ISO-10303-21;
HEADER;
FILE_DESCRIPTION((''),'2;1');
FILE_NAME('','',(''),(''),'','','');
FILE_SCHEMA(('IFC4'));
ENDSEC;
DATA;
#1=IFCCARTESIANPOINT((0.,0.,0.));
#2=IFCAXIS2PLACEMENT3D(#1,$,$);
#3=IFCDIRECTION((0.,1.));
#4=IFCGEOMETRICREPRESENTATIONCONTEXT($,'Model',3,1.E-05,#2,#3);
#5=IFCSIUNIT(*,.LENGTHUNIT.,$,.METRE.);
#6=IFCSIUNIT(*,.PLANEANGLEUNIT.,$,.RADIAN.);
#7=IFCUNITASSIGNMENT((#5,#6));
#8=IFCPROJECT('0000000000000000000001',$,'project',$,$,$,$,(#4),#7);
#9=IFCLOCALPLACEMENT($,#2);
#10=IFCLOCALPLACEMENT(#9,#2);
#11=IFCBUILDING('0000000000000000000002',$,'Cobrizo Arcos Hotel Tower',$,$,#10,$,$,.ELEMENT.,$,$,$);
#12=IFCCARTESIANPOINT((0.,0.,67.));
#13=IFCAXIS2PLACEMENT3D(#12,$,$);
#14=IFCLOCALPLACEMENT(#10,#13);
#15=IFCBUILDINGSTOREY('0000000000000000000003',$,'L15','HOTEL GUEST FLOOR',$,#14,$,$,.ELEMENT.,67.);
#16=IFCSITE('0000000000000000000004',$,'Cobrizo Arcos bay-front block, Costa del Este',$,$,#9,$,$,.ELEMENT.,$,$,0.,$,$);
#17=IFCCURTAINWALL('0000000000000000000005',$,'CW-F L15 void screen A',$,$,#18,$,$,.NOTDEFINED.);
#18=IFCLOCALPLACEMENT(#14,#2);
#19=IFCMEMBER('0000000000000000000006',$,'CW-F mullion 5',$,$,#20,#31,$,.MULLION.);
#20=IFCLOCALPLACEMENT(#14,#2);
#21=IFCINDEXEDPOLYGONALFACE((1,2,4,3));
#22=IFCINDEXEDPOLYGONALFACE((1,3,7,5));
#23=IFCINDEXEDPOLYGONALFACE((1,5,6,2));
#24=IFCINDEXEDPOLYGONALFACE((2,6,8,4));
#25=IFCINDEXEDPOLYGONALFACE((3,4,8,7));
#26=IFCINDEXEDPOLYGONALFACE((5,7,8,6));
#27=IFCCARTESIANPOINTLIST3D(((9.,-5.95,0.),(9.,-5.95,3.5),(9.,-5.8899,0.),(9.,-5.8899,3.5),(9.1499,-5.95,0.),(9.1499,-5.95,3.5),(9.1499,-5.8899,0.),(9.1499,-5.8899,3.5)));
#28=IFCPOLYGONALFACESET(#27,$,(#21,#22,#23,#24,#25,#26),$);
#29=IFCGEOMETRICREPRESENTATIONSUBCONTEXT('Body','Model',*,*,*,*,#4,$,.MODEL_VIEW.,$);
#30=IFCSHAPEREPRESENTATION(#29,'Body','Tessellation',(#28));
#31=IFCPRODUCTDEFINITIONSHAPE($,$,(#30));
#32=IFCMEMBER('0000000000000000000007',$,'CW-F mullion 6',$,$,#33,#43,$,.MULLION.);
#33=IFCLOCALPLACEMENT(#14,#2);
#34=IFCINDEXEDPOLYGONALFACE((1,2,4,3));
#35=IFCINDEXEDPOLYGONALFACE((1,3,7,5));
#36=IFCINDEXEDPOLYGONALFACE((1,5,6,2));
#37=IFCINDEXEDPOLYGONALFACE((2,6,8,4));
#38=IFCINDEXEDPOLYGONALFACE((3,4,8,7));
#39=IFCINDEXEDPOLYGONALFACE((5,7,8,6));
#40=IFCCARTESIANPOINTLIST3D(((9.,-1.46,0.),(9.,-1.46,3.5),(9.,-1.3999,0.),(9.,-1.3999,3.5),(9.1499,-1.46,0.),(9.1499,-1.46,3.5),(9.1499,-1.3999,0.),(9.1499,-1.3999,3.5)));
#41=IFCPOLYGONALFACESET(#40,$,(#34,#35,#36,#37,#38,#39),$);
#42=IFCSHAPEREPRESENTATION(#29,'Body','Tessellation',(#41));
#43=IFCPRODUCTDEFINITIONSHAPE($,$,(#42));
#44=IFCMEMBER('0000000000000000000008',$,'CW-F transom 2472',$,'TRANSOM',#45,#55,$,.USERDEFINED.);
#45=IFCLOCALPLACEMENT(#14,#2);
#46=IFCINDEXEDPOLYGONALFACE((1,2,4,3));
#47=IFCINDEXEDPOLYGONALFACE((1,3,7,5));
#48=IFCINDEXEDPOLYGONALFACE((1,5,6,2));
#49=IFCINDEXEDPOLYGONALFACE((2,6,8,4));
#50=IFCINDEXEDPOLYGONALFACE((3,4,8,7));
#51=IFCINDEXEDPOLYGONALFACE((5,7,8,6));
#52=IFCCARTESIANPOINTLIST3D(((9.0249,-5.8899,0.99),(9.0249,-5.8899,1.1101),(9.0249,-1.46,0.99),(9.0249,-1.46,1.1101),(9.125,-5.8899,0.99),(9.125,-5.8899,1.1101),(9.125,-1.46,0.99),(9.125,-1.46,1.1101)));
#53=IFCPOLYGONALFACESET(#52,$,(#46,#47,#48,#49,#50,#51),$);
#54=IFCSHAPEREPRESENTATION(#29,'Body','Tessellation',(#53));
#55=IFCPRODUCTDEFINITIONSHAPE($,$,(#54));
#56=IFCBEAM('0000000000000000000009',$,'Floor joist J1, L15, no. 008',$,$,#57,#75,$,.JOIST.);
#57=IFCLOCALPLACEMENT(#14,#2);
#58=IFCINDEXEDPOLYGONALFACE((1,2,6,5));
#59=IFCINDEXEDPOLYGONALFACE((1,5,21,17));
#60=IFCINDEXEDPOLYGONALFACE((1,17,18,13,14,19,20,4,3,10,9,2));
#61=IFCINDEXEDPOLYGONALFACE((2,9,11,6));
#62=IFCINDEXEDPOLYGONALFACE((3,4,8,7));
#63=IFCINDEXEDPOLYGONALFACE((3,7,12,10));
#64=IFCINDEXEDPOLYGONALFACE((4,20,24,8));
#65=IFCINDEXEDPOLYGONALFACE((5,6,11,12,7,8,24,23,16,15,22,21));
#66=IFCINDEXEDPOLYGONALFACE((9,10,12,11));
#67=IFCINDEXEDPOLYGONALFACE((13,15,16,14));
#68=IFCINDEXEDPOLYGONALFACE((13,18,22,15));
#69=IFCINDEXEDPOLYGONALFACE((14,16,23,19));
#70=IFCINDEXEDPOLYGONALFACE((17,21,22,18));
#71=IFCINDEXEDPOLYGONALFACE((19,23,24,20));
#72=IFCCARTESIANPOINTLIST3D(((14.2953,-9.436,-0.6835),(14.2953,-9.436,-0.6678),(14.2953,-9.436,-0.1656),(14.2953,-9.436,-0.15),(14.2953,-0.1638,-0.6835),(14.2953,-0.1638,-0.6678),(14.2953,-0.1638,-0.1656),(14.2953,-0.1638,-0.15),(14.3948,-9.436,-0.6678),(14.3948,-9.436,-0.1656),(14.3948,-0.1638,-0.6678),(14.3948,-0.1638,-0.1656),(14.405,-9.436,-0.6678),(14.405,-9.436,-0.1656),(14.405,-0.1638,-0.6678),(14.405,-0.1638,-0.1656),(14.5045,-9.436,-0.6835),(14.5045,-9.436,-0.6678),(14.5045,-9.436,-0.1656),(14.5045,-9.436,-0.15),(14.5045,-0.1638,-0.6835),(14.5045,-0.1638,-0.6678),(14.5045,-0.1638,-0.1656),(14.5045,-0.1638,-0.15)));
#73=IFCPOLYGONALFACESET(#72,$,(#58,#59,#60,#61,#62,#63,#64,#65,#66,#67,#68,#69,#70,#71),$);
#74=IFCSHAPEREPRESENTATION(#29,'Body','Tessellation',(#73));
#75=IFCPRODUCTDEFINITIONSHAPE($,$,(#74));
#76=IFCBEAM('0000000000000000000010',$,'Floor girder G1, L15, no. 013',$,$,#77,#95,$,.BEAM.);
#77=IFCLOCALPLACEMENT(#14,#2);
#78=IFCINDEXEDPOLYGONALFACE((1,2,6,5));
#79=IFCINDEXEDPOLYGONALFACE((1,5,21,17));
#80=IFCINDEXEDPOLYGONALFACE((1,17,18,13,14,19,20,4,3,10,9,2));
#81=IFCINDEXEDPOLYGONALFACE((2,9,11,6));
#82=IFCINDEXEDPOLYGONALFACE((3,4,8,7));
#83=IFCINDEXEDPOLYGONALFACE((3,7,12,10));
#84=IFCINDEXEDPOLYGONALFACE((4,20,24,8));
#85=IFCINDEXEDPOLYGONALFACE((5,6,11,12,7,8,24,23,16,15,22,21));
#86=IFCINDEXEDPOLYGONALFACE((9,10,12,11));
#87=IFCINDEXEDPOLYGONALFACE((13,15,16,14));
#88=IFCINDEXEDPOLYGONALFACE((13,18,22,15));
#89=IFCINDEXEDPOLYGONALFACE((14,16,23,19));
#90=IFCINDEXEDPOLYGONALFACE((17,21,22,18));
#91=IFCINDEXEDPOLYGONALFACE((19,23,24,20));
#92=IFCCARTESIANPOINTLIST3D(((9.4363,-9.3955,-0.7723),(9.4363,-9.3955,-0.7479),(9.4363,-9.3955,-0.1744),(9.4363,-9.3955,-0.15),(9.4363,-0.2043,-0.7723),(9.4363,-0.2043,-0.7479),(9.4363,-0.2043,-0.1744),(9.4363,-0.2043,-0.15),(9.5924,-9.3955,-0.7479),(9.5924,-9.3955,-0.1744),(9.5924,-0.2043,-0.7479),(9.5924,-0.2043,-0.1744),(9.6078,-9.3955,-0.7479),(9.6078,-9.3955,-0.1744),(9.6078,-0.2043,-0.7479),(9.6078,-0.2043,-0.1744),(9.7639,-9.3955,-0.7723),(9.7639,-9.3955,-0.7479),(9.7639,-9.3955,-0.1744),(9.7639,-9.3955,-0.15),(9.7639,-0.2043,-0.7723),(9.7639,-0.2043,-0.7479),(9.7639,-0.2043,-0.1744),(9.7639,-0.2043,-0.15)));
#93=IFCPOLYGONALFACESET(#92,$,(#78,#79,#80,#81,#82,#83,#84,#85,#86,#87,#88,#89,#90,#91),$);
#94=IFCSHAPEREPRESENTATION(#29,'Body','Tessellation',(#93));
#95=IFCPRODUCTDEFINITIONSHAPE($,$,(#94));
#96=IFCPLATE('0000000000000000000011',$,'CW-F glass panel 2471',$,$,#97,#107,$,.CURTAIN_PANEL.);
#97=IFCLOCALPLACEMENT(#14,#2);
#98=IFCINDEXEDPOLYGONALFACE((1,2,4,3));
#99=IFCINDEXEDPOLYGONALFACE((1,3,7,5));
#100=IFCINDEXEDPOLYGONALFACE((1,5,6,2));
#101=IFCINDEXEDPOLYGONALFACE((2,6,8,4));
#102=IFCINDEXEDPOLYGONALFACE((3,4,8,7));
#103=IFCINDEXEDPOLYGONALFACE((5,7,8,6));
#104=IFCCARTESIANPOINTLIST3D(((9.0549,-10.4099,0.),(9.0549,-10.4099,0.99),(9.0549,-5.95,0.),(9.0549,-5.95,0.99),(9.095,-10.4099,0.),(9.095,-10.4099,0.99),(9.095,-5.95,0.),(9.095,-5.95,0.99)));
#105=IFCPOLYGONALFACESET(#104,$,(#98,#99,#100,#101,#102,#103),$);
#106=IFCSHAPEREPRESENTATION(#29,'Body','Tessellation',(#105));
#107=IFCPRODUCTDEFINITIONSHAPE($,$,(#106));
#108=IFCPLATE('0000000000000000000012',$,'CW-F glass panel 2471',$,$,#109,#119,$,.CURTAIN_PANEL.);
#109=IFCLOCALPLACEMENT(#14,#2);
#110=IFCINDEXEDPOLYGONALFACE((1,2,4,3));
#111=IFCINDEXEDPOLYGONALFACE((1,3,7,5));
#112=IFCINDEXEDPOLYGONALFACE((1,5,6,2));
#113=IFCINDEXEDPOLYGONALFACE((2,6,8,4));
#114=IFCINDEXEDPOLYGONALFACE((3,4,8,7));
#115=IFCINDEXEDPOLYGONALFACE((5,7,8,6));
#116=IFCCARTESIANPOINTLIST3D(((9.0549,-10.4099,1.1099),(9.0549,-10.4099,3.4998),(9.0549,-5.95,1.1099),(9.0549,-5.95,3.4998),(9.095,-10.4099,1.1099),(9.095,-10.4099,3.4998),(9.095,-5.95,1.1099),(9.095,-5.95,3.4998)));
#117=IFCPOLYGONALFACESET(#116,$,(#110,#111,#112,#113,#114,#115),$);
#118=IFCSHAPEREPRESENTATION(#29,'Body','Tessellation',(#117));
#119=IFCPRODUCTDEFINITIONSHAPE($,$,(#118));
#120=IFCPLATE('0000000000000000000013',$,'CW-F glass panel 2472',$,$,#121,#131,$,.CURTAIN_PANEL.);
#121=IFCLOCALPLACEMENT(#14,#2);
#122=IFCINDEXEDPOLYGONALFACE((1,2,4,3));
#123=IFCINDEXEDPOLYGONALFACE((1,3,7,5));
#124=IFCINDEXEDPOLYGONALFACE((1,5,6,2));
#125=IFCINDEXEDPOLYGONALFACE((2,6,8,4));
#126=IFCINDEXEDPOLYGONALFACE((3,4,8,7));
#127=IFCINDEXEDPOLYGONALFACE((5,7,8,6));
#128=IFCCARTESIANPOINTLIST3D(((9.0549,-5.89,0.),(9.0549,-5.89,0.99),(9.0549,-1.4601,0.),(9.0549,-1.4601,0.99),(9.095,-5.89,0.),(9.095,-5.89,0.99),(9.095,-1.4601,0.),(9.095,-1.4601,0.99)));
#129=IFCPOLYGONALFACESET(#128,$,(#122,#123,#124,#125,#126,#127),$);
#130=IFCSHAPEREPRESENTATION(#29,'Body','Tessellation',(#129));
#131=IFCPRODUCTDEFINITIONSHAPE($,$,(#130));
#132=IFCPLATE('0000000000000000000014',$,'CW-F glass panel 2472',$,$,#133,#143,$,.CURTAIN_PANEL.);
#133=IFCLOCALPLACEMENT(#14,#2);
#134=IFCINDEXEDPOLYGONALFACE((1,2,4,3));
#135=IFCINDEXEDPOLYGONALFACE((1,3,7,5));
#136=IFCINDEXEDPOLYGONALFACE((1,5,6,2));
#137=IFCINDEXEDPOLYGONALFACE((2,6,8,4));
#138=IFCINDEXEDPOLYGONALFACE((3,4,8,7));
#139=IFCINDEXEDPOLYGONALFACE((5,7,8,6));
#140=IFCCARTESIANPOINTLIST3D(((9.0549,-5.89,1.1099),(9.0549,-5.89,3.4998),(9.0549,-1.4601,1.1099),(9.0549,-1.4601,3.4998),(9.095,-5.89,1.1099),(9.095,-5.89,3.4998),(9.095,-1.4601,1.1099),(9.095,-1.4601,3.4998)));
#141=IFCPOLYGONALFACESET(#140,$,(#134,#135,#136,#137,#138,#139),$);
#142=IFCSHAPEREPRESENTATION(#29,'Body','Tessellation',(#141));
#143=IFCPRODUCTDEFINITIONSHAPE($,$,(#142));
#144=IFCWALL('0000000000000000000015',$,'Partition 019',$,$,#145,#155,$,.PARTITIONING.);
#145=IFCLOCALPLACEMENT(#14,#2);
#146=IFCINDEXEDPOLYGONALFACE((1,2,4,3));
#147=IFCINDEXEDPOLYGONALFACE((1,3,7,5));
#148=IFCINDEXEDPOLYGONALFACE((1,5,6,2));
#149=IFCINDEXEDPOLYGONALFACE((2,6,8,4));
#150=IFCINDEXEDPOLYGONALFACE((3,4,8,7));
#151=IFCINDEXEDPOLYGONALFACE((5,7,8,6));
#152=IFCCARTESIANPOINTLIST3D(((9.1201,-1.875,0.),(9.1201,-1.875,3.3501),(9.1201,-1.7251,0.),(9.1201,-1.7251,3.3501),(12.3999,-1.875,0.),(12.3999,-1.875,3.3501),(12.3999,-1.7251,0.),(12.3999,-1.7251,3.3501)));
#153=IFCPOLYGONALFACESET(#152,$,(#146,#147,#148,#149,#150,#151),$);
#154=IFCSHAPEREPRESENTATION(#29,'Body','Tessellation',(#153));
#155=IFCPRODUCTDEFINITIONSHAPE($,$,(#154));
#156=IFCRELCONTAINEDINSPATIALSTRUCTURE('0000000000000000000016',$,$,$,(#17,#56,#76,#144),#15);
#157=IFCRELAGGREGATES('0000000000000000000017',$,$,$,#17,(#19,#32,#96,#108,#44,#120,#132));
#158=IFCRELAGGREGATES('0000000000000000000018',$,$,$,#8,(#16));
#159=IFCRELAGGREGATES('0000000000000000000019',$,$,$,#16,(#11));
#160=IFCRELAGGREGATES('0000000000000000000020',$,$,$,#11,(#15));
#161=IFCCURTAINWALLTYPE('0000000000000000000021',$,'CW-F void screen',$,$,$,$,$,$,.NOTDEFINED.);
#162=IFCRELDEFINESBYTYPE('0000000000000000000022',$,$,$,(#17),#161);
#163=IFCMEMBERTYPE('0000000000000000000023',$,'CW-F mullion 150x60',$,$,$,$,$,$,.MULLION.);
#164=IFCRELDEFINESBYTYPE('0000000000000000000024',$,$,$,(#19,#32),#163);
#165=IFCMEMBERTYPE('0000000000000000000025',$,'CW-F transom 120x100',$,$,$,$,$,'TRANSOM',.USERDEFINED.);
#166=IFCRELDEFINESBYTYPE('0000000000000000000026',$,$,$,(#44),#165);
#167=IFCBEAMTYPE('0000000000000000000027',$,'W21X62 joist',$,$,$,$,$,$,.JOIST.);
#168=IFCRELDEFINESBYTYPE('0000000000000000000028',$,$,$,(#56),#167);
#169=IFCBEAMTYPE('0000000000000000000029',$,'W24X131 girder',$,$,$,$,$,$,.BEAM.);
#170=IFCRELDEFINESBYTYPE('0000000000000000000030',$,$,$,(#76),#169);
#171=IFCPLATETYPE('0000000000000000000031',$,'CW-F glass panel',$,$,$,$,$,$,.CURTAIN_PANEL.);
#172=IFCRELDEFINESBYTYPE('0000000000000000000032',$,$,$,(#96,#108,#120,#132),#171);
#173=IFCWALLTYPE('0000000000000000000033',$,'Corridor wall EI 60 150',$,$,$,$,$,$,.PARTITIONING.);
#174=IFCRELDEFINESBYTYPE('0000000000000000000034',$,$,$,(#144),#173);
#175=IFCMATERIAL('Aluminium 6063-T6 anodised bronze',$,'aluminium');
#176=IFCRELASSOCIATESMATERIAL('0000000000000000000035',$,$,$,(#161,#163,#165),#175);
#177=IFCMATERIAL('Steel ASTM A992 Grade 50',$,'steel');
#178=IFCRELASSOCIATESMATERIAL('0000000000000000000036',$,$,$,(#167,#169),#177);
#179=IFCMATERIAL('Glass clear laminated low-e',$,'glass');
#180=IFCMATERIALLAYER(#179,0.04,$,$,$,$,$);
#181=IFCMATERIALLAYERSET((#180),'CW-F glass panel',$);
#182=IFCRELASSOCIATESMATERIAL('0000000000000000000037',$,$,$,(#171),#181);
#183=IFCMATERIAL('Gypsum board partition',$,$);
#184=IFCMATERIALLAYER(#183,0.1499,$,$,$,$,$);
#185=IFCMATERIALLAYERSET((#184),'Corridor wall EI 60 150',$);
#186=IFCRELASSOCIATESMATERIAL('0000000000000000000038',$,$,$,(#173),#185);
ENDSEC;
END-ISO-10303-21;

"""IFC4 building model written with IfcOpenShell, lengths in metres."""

from ifc_helpers import new_model, si_unit, direction, frame, frame_2d, origin, origin_2d, place, context, subcontext, project, spatial, rectangle, i_section, extrude, material, layer, layer_set, material_profile, profile_set, type_object, element, aggregate, save


model = new_model("IFC4")

# Units and contexts
model_context = context("Model", 3, precision=1e-05, world=origin(), true_north=direction((0.0, 1.0)))
body_context = subcontext(model_context, "Body", "Model", "MODEL_VIEW")
ifc_project = project(units=[si_unit("LENGTHUNIT", "METRE"), si_unit("PLANEANGLEUNIT", "RADIAN")], contexts=[model_context])

# Site, building, storey
site_placement = place(None, origin())
site = spatial("IfcSite", under=ifc_project, at=site_placement, Name="Cobrizo Arcos bay-front block, Costa del Este", CompositionType="ELEMENT", RefElevation=0.0)
building_placement = place(site_placement, origin())
building = spatial("IfcBuilding", under=site, at=building_placement, Name="Cobrizo Arcos Hotel Tower", CompositionType="ELEMENT")
storey_placement = place(building_placement, frame((0.0, 0.0, 67.0)))
storey = spatial("IfcBuildingStorey", under=building, at=storey_placement, Name="L15", Description="HOTEL GUEST FLOOR", CompositionType="ELEMENT", Elevation=67.0)

# Curtain wall, members
ifc_material_1 = material(Name="Aluminium 6063-T6 anodised bronze", Category="aluminium")
curtain_wall_type = type_object("IfcCurtainWallType", Name="CW-F void screen", PredefinedType="NOTDEFINED", material=ifc_material_1)
curtain_wall_placement = place(storey_placement, origin())
curtain_wall = element("IfcCurtainWall", 1, at=curtain_wall_placement, inside=storey, type_object=curtain_wall_type, Name="CW-F L15 void screen A", PredefinedType="NOTDEFINED")
ifc_material_profile_1 = material_profile(ifc_material_1, rectangle(XDim=0.1499, YDim=0.0601, at=origin_2d()), Name="CW-F mullion 150x60")
ifc_profile_set_1 = profile_set([ifc_material_profile_1], Name="Aluminium 6063-T6 anodised bronze")
member_type_1 = type_object("IfcMemberType", Name="CW-F mullion 150x60", PredefinedType="MULLION", material=ifc_profile_set_1)
member_1_placement = place(storey_placement, frame((9.075, -5.9199, 0.0), z_axis=(0.0, 0.0, 1.0), x_axis=(1.0, 0.0, 0.0)))
member_1 = element("IfcMember", 2, at=member_1_placement, type_object=member_type_1, Name="CW-F mullion 5", PredefinedType="MULLION", context=body_context, shape_type="SweptSolid", body=[
    extrude(rectangle(XDim=0.1499, YDim=0.0601, at=origin_2d()), origin(), (0.0, 0.0, 1.0), 3.5),
])
member_2_placement = place(storey_placement, frame((9.075, -1.4299, 0.0), z_axis=(0.0, 0.0, 1.0), x_axis=(1.0, 0.0, 0.0)))
member_2 = element("IfcMember", 3, at=member_2_placement, type_object=member_type_1, Name="CW-F mullion 6", PredefinedType="MULLION", context=body_context, shape_type="SweptSolid", body=[
    extrude(rectangle(XDim=0.1499, YDim=0.0601, at=origin_2d()), origin(), (0.0, 0.0, 1.0), 3.5),
])
ifc_material_profile_2 = material_profile(ifc_material_1, rectangle(XDim=0.1001, YDim=0.1201, at=origin_2d()), Name="CW-F transom 120x100")
ifc_profile_set_2 = profile_set([ifc_material_profile_2], Name="Aluminium 6063-T6 anodised bronze")
member_type_2 = type_object("IfcMemberType", Name="CW-F transom 120x100", ElementType="TRANSOM", PredefinedType="USERDEFINED", material=ifc_profile_set_2)
member_3_placement = place(storey_placement, frame((9.075, -5.8899, 1.05), z_axis=(0.0, 1.0, 0.0), x_axis=(-1.0, 0.0, 0.0)))
member_3 = element("IfcMember", 4, at=member_3_placement, type_object=member_type_2, Name="CW-F transom 2472", ObjectType="TRANSOM", PredefinedType="USERDEFINED", context=body_context, shape_type="SweptSolid", body=[
    extrude(rectangle(XDim=0.1001, YDim=0.1201, at=origin_2d()), origin(), (0.0, 0.0, 1.0), 4.4299),
])

# Beams
ifc_material_2 = material(Name="Steel ASTM A992 Grade 50", Category="steel")
ifc_material_profile_3 = material_profile(ifc_material_2, i_section(OverallWidth=0.2092, OverallDepth=0.5334, WebThickness=0.0103, FlangeThickness=0.0156, at=origin_2d()), Name="W21X62")
ifc_profile_set_3 = profile_set([ifc_material_profile_3], Name="Steel ASTM A992 Grade 50")
beam_type_1 = type_object("IfcBeamType", Name="W21X62 joist", PredefinedType="JOIST", material=ifc_profile_set_3)
beam_1_placement = place(storey_placement, frame((14.3999, -9.436, -0.4167), z_axis=(0.0, 1.0, 0.0), x_axis=(-1.0, 0.0, 0.0)))
element("IfcBeam", 5, at=beam_1_placement, inside=storey, type_object=beam_type_1, Name="Floor joist J1, L15, no. 008", PredefinedType="JOIST", context=body_context, shape_type="SweptSolid", body=[
    extrude(i_section(OverallWidth=0.2092, OverallDepth=0.5334, WebThickness=0.0103, FlangeThickness=0.0156, at=origin_2d()), origin(), (0.0, 0.0, 1.0), 9.2722),
])
ifc_material_profile_4 = material_profile(ifc_material_2, i_section(OverallWidth=0.3276, OverallDepth=0.6223, WebThickness=0.0154, FlangeThickness=0.0244, at=origin_2d()), Name="W24X131")
ifc_profile_set_4 = profile_set([ifc_material_profile_4], Name="Steel ASTM A992 Grade 50")
beam_type_2 = type_object("IfcBeamType", Name="W24X131 girder", PredefinedType="BEAM", material=ifc_profile_set_4)
beam_2_placement = place(storey_placement, frame((9.6001, -9.3955, -0.4612), z_axis=(0.0, 1.0, 0.0), x_axis=(-1.0, 0.0, 0.0)))
element("IfcBeam", 6, at=beam_2_placement, inside=storey, type_object=beam_type_2, Name="Floor girder G1, L15, no. 013", PredefinedType="BEAM", context=body_context, shape_type="SweptSolid", body=[
    extrude(i_section(OverallWidth=0.3276, OverallDepth=0.6223, WebThickness=0.0154, FlangeThickness=0.0244, at=origin_2d()), origin(), (0.0, 0.0, 1.0), 9.1912),
])

# Plates
ifc_material_3 = material(Name="Glass clear laminated low-e", Category="glass")
ifc_layer_1 = layer(ifc_material_3, 0.04)
ifc_layer_set_1 = layer_set([ifc_layer_1], Name="CW-F glass panel")
plate_type = type_object("IfcPlateType", Name="CW-F glass panel", PredefinedType="CURTAIN_PANEL", material=ifc_layer_set_1)
plate_1_placement = place(storey_placement, frame((9.075, -8.1799, 0.0), z_axis=(0.0, 0.0, 1.0), x_axis=(0.0, 1.0, 0.0)))
plate_1 = element("IfcPlate", 7, at=plate_1_placement, type_object=plate_type, Name="CW-F glass panel 2471", PredefinedType="CURTAIN_PANEL", context=body_context, shape_type="SweptSolid", body=[
    extrude(rectangle(XDim=4.46, YDim=0.04, at=origin_2d()), origin(), (0.0, 0.0, 1.0), 0.99),
])
plate_2_placement = place(storey_placement, frame((9.075, -8.1799, 1.1099), z_axis=(0.0, 0.0, 1.0), x_axis=(0.0, 1.0, 0.0)))
plate_2 = element("IfcPlate", 8, at=plate_2_placement, type_object=plate_type, Name="CW-F glass panel 2471", PredefinedType="CURTAIN_PANEL", context=body_context, shape_type="SweptSolid", body=[
    extrude(rectangle(XDim=4.46, YDim=0.04, at=origin_2d()), origin(), (0.0, 0.0, 1.0), 2.3899),
])
plate_3_placement = place(storey_placement, frame((9.075, -3.675, 0.0), z_axis=(0.0, 0.0, 1.0), x_axis=(0.0, 1.0, 0.0)))
plate_3 = element("IfcPlate", 9, at=plate_3_placement, type_object=plate_type, Name="CW-F glass panel 2472", PredefinedType="CURTAIN_PANEL", context=body_context, shape_type="SweptSolid", body=[
    extrude(rectangle(XDim=4.4299, YDim=0.04, at=origin_2d()), origin(), (0.0, 0.0, 1.0), 0.99),
])
plate_4_placement = place(storey_placement, frame((9.075, -3.675, 1.1099), z_axis=(0.0, 0.0, 1.0), x_axis=(0.0, 1.0, 0.0)))
plate_4 = element("IfcPlate", 10, at=plate_4_placement, type_object=plate_type, Name="CW-F glass panel 2472", PredefinedType="CURTAIN_PANEL", context=body_context, shape_type="SweptSolid", body=[
    extrude(rectangle(XDim=4.4299, YDim=0.04, at=origin_2d()), origin(), (0.0, 0.0, 1.0), 2.3899),
])
aggregate(curtain_wall, [member_1, member_2, plate_1, plate_2, member_3, plate_3, plate_4])

# Wall
ifc_material_4 = material(Name="Gypsum board partition")
ifc_layer_2 = layer(ifc_material_4, 0.1499)
ifc_layer_set_2 = layer_set([ifc_layer_2], Name="Corridor wall EI 60 150")
wall_type_1 = type_object("IfcWallType", Name="Corridor wall EI 60 150", PredefinedType="PARTITIONING", material=ifc_layer_set_2)
wall_1_placement = place(storey_placement, frame((9.1201, -1.8, 0.0), z_axis=(0.0, 0.0, 1.0), x_axis=(1.0, 0.0, 0.0)))
element("IfcWall", 11, at=wall_1_placement, inside=storey, type_object=wall_type_1, Name="Partition 019", PredefinedType="PARTITIONING", context=body_context, shape_type="SweptSolid", body=[
    extrude(rectangle(XDim=3.2798, YDim=0.1499, at=frame_2d((1.6399, 0.0))), origin(), (0.0, 0.0, 1.0), 3.3501),
])

save(model, "model.ifc")
